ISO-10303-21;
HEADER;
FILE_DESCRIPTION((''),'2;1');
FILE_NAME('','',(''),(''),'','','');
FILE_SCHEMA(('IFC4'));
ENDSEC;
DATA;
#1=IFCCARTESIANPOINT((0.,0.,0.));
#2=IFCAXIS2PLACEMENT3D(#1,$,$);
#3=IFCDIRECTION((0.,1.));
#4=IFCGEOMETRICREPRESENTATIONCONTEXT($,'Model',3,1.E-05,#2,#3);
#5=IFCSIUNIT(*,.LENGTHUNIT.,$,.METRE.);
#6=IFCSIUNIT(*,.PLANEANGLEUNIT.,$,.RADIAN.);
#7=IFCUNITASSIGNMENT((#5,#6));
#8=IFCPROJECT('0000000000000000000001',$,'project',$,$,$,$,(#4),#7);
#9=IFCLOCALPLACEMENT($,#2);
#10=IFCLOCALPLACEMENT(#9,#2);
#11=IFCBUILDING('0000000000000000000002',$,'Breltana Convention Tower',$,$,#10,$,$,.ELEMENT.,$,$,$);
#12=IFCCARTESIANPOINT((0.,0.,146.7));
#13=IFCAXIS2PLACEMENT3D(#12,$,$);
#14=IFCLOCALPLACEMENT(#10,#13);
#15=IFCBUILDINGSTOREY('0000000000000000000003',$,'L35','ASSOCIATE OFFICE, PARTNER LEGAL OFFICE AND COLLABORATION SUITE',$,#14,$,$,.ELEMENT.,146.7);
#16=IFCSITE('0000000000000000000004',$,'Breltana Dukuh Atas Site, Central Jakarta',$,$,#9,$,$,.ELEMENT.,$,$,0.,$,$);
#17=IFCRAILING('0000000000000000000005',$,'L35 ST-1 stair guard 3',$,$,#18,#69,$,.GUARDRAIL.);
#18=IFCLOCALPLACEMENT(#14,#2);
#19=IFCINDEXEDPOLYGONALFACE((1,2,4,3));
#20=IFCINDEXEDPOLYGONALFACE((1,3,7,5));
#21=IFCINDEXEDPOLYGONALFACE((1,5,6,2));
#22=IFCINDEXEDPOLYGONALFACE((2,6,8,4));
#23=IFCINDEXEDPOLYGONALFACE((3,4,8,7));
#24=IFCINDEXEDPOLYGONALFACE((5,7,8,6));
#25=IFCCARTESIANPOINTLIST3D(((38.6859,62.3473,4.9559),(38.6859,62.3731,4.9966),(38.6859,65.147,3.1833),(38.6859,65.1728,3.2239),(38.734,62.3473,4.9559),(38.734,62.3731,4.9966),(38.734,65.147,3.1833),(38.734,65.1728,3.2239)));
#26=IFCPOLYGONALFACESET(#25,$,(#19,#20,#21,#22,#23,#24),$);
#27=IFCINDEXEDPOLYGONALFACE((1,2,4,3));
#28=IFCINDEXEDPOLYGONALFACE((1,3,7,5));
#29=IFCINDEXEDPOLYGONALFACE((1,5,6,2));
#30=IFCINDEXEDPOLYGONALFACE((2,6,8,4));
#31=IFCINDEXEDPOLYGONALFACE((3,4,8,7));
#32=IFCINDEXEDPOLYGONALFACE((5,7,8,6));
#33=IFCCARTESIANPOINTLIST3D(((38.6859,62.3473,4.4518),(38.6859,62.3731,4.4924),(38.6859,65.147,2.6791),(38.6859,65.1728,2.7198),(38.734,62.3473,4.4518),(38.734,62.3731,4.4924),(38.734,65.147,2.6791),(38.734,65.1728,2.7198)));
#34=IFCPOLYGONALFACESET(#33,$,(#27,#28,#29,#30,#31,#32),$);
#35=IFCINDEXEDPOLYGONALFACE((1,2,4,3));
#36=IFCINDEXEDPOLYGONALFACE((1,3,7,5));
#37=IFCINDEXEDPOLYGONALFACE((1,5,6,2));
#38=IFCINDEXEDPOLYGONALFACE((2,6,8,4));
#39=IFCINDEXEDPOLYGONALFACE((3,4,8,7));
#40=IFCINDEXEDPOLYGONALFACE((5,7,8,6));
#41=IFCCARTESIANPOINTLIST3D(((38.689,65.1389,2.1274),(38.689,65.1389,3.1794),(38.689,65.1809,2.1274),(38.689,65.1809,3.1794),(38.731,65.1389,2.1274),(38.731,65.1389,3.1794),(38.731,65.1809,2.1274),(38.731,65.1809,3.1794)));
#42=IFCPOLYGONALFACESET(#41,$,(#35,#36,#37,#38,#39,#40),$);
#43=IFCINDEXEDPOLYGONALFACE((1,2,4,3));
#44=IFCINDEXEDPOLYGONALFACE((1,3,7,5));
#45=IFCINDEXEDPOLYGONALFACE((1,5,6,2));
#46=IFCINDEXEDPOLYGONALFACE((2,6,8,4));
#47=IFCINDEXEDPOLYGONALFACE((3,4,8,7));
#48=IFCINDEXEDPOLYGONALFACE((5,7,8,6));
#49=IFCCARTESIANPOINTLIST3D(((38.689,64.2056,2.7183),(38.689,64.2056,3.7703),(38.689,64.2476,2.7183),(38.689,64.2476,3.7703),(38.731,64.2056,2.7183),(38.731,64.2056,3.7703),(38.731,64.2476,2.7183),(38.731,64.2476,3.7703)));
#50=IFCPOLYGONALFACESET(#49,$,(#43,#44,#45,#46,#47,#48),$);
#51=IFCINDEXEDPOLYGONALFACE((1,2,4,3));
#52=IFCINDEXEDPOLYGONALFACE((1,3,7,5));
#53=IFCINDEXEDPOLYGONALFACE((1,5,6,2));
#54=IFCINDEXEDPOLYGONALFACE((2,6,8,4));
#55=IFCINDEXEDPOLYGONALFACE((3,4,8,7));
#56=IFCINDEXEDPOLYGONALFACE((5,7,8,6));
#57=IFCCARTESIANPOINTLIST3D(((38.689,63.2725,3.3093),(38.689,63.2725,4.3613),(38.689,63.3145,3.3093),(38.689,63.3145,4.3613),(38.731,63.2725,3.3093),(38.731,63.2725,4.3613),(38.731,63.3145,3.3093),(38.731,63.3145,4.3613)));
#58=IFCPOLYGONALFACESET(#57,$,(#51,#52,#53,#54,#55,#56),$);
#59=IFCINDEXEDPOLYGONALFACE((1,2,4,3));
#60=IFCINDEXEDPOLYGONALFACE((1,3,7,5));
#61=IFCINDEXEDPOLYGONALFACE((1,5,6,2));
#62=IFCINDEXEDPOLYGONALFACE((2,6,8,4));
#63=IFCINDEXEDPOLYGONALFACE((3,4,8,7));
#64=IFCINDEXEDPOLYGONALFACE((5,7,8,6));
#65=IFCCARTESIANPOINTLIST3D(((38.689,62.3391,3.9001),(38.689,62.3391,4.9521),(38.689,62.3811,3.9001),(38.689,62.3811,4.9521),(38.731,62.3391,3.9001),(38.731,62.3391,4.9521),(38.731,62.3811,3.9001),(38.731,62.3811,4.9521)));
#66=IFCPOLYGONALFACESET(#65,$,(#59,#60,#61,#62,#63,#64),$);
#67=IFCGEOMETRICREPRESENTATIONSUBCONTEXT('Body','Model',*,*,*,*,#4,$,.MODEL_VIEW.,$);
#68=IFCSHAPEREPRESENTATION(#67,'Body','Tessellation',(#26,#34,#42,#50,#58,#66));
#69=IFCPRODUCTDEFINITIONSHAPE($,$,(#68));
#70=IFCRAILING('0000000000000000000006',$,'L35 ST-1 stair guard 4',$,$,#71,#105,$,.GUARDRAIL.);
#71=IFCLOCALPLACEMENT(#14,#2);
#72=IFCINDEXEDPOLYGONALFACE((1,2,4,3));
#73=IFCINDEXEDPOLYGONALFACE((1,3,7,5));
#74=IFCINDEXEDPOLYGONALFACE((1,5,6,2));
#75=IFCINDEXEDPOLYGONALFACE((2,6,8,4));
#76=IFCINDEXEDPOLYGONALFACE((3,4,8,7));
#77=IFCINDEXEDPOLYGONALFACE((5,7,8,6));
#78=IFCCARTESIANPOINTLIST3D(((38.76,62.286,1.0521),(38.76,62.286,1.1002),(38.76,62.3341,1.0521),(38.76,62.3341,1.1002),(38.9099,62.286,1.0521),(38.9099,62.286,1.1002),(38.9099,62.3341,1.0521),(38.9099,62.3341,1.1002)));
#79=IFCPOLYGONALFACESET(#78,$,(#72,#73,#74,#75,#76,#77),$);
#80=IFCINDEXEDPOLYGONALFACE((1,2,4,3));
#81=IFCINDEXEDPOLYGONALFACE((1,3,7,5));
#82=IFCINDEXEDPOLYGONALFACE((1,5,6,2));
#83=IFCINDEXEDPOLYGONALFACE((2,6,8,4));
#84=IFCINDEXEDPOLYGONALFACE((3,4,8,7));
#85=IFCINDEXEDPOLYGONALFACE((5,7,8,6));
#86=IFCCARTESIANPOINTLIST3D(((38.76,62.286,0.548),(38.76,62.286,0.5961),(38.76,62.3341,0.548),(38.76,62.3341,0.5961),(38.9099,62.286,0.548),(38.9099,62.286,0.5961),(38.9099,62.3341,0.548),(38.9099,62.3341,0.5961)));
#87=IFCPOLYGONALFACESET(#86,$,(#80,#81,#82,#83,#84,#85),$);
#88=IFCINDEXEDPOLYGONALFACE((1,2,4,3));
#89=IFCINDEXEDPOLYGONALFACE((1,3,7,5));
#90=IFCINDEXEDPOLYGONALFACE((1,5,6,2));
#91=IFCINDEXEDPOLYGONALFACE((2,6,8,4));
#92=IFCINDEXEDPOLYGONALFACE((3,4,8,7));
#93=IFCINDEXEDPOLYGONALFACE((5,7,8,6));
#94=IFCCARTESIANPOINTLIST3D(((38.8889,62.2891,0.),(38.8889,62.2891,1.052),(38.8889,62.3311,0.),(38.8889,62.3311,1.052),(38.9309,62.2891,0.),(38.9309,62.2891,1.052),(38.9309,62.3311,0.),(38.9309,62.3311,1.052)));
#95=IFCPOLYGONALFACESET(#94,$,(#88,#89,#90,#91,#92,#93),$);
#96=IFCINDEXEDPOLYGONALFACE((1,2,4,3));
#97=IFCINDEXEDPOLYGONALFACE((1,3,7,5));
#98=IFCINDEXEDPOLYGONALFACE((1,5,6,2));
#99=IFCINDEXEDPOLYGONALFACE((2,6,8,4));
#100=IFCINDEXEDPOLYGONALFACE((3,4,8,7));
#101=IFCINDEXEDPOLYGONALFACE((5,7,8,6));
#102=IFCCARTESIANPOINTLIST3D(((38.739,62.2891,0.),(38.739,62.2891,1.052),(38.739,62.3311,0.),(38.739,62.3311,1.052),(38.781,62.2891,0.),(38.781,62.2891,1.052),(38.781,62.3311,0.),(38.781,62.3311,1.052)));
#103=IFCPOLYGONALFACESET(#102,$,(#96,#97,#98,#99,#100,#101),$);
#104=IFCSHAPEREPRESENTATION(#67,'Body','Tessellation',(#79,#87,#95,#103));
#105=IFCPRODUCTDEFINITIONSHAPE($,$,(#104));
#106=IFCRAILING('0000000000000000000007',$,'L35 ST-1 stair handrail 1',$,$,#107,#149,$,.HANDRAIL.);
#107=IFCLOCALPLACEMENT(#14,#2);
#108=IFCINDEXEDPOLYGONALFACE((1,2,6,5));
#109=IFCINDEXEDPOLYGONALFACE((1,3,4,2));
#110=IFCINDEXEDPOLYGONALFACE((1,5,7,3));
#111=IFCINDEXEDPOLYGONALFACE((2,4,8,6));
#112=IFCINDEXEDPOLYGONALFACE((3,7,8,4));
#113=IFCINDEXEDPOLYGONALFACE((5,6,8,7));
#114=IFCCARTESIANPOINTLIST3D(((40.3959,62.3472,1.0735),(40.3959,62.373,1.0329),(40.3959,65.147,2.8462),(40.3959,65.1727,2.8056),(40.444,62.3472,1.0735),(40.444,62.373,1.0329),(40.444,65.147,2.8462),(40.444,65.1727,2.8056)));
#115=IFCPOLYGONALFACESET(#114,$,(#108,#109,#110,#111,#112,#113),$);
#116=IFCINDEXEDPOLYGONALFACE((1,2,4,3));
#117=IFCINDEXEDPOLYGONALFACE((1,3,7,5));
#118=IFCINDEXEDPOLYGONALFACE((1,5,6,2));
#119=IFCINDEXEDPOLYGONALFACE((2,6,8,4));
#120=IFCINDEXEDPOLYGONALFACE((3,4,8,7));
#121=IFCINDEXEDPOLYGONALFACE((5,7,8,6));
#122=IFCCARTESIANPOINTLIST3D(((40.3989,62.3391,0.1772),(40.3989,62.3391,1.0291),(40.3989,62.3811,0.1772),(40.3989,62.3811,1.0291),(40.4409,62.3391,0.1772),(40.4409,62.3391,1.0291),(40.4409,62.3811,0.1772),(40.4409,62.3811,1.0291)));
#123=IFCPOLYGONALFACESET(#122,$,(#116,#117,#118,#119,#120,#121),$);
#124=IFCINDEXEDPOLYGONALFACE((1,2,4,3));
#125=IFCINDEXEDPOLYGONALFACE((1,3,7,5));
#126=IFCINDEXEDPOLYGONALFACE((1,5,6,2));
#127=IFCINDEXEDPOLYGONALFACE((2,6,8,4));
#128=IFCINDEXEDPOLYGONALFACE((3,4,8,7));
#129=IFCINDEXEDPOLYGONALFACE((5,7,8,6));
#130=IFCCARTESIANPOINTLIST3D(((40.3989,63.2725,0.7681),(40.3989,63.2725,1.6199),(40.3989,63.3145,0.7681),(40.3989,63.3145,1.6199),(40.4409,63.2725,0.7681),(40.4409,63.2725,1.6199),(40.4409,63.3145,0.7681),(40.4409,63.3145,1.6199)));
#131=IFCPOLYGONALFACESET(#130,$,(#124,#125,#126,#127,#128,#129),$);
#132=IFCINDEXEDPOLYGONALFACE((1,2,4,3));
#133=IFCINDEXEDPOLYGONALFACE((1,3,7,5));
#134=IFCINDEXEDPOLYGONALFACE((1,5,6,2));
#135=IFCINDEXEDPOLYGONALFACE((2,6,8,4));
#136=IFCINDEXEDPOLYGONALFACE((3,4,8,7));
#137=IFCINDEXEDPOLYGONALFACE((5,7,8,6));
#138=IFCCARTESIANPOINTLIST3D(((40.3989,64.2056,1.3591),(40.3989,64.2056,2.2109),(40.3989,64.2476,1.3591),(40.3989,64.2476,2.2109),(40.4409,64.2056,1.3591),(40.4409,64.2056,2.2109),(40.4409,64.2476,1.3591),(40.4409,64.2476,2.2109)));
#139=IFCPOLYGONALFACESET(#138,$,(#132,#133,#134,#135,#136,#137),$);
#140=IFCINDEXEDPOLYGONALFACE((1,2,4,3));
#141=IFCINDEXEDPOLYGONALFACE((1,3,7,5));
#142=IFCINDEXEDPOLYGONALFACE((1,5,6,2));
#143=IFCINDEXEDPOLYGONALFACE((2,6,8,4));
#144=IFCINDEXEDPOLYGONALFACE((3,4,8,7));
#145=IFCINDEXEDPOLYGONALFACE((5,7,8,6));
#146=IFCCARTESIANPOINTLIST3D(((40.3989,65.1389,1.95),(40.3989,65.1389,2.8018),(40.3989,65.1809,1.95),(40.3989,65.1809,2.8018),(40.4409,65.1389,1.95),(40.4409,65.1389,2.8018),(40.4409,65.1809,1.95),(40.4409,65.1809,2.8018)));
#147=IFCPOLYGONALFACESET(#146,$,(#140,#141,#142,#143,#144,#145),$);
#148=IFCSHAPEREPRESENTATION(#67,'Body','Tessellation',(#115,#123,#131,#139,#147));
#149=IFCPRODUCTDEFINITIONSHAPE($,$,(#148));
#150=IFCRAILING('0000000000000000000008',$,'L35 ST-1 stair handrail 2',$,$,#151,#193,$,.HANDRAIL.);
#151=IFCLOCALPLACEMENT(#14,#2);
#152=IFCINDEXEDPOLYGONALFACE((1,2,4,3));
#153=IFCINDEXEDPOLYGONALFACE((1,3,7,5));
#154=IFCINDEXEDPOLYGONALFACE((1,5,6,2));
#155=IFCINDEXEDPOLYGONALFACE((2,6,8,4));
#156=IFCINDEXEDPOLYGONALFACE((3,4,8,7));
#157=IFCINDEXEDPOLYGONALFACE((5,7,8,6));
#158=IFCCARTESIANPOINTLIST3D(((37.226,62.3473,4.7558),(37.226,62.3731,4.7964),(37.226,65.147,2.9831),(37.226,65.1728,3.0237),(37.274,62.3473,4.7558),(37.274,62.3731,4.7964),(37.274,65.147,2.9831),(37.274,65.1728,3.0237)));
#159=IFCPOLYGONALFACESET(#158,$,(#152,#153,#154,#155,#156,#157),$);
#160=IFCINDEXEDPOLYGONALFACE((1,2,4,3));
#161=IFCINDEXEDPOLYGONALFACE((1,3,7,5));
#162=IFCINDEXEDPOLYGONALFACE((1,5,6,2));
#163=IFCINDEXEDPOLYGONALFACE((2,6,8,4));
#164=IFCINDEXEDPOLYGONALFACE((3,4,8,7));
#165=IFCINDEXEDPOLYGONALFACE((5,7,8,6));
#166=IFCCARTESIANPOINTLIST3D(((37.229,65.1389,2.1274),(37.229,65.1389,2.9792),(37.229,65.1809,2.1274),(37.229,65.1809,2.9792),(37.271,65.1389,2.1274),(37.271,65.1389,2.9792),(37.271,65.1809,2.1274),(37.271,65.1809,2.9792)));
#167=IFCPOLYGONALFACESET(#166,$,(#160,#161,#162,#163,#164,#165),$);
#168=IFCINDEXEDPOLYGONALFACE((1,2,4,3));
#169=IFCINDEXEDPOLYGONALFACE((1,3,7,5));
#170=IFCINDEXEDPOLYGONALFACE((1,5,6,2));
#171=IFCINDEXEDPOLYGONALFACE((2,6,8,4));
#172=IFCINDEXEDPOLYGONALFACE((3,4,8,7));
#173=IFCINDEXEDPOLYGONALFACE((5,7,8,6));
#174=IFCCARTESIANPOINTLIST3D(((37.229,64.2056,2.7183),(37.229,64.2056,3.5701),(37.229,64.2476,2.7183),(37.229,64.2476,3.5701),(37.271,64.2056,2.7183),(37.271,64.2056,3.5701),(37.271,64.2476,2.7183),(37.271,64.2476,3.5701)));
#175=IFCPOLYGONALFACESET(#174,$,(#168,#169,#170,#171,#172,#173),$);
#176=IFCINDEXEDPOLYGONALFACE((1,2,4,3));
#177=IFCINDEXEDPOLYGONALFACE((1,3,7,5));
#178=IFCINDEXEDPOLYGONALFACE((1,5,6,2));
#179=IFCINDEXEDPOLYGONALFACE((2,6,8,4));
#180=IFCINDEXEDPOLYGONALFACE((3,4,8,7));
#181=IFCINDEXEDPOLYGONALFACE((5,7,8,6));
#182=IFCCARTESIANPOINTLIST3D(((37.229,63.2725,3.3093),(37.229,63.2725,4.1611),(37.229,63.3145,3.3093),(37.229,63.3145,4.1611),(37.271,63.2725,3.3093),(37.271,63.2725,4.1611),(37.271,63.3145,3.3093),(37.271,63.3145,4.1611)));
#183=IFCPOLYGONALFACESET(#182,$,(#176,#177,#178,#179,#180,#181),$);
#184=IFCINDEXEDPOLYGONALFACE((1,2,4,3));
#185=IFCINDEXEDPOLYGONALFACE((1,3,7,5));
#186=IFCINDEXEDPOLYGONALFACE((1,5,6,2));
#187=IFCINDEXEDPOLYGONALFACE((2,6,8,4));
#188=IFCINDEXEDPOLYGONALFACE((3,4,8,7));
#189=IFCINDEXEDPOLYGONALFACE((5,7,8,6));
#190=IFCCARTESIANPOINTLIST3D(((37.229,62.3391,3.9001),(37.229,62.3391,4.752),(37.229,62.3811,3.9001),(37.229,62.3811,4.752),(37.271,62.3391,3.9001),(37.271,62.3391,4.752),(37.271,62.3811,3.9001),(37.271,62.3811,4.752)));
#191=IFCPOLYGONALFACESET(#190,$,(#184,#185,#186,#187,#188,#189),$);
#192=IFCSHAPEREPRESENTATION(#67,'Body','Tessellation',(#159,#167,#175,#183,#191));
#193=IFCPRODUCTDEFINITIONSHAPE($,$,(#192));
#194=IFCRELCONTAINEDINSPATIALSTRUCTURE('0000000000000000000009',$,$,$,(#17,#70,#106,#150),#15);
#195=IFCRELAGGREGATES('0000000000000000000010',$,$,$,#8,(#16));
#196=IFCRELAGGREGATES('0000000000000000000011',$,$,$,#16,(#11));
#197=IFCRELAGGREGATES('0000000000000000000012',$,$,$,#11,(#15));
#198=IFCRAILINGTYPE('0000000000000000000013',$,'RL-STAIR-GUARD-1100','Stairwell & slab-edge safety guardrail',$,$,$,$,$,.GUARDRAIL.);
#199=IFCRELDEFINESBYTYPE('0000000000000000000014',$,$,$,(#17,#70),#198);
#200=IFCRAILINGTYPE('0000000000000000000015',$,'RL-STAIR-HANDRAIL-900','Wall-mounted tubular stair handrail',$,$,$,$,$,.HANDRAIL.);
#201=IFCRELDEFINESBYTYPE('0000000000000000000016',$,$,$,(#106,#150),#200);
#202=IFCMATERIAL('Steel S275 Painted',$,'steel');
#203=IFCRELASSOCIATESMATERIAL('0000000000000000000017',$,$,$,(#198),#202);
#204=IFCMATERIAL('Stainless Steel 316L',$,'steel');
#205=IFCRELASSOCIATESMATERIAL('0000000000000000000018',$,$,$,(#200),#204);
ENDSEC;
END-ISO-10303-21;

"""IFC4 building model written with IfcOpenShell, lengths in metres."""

from ifc_helpers import new_model, si_unit, direction, frame, origin, origin_2d, place, context, subcontext, project, spatial, rectangle, extrude, material, type_object, element, save


model = new_model("IFC4")

# Units and contexts
model_context = context("Model", 3, precision=1e-05, world=origin(), true_north=direction((0.0, 1.0)))
body_context = subcontext(model_context, "Body", "Model", "MODEL_VIEW")
ifc_project = project(units=[si_unit("LENGTHUNIT", "METRE"), si_unit("PLANEANGLEUNIT", "RADIAN")], contexts=[model_context])

# Site, building, storey
site_placement = place(None, origin())
site = spatial("IfcSite", under=ifc_project, at=site_placement, Name="Breltana Dukuh Atas Site, Central Jakarta", CompositionType="ELEMENT", RefElevation=0.0)
building_placement = place(site_placement, origin())
building = spatial("IfcBuilding", under=site, at=building_placement, Name="Breltana Convention Tower", CompositionType="ELEMENT")
storey_placement = place(building_placement, frame((0.0, 0.0, 146.7)))
storey = spatial("IfcBuildingStorey", under=building, at=storey_placement, Name="L35", Description="ASSOCIATE OFFICE, PARTNER LEGAL OFFICE AND COLLABORATION SUITE", CompositionType="ELEMENT", Elevation=146.7)

# Railings
ifc_material_1 = material(Name="Steel S275 Painted", Category="steel")
railing_type_1 = type_object("IfcRailingType", Name="RL-STAIR-GUARD-1100", Description="Stairwell & slab-edge safety guardrail", PredefinedType="GUARDRAIL", material=ifc_material_1)
railing_1_placement = place(storey_placement, frame((38.71, 65.1599, 2.1274)))
element("IfcRailing", 1, at=railing_1_placement, inside=storey, type_object=railing_type_1, Name="L35 ST-1 stair guard 3", PredefinedType="GUARDRAIL", context=body_context, shape_type="SweptSolid", body=[
    extrude(rectangle(XDim=0.0481, YDim=0.0481, at=origin_2d()), frame((0.0, 0.0, 1.0762), z_axis=(0.0, -0.844888, 0.534943), x_axis=(1.0, 0.0, 0.0)), (0.0, 0.0, 1.0), 3.3137),
    extrude(rectangle(XDim=0.0481, YDim=0.0481, at=origin_2d()), frame((0.0, 0.0, 0.572), z_axis=(0.0, -0.844888, 0.534943), x_axis=(1.0, 0.0, 0.0)), (0.0, 0.0, 1.0), 3.3137),
    extrude(rectangle(XDim=0.042, YDim=0.042, at=origin_2d()), origin(), (0.0, 0.0, 1.0), 1.052),
    extrude(rectangle(XDim=0.042, YDim=0.042, at=origin_2d()), frame((0.0, -0.9333, 0.5908)), (0.0, 0.0, 1.0), 1.052),
    extrude(rectangle(XDim=0.042, YDim=0.042, at=origin_2d()), frame((0.0, -1.8665, 1.1819)), (0.0, 0.0, 1.0), 1.052),
    extrude(rectangle(XDim=0.042, YDim=0.042, at=origin_2d()), frame((0.0, -2.7998, 1.7727)), (0.0, 0.0, 1.0), 1.052),
])
railing_2_placement = place(storey_placement, frame((38.9099, 62.3101, 0.0)))
element("IfcRailing", 2, at=railing_2_placement, inside=storey, type_object=railing_type_1, Name="L35 ST-1 stair guard 4", PredefinedType="GUARDRAIL", context=body_context, shape_type="SweptSolid", body=[
    extrude(rectangle(XDim=0.0481, YDim=0.0481, at=origin_2d()), frame((0.0, 0.0, 1.0762), z_axis=(-1.0, 0.0, 0.0), x_axis=(0.0, -1.0, 0.0)), (0.0, 0.0, 1.0), 0.1499),
    extrude(rectangle(XDim=0.0481, YDim=0.0481, at=origin_2d()), frame((0.0, 0.0, 0.572), z_axis=(-1.0, 0.0, 0.0), x_axis=(0.0, -1.0, 0.0)), (0.0, 0.0, 1.0), 0.1499),
    extrude(rectangle(XDim=0.042, YDim=0.042, at=origin_2d()), origin(), (0.0, 0.0, 1.0), 1.052),
    extrude(rectangle(XDim=0.042, YDim=0.042, at=origin_2d()), frame((-0.1499, 0.0, 0.0)), (0.0, 0.0, 1.0), 1.052),
])
ifc_material_2 = material(Name="Stainless Steel 316L", Category="steel")
railing_type_2 = type_object("IfcRailingType", Name="RL-STAIR-HANDRAIL-900", Description="Wall-mounted tubular stair handrail", PredefinedType="HANDRAIL", material=ifc_material_2)
railing_3_placement = place(storey_placement, frame((40.4199, 62.3601, 0.1772)))
element("IfcRailing", 3, at=railing_3_placement, inside=storey, type_object=railing_type_2, Name="L35 ST-1 stair handrail 1", PredefinedType="HANDRAIL", context=body_context, shape_type="SweptSolid", body=[
    extrude(rectangle(XDim=0.0481, YDim=0.0481, at=origin_2d()), frame((0.0, 0.0, 0.876), z_axis=(0.0, 0.844888, 0.534943), x_axis=(-1.0, 0.0, 0.0)), (0.0, 0.0, 1.0), 3.3137),
    extrude(rectangle(XDim=0.042, YDim=0.042, at=origin_2d()), origin(), (0.0, 0.0, 1.0), 0.8518),
    extrude(rectangle(XDim=0.042, YDim=0.042, at=origin_2d()), frame((0.0, 0.9333, 0.5908)), (0.0, 0.0, 1.0), 0.8518),
    extrude(rectangle(XDim=0.042, YDim=0.042, at=origin_2d()), frame((0.0, 1.8665, 1.1819)), (0.0, 0.0, 1.0), 0.8518),
    extrude(rectangle(XDim=0.042, YDim=0.042, at=origin_2d()), frame((0.0, 2.7998, 1.7727)), (0.0, 0.0, 1.0), 0.8518),
])
railing_4_placement = place(storey_placement, frame((37.25, 65.1599, 2.1274)))
element("IfcRailing", 4, at=railing_4_placement, inside=storey, type_object=railing_type_2, Name="L35 ST-1 stair handrail 2", PredefinedType="HANDRAIL", context=body_context, shape_type="SweptSolid", body=[
    extrude(rectangle(XDim=0.0481, YDim=0.0481, at=origin_2d()), frame((0.0, 0.0, 0.876), z_axis=(0.0, -0.844888, 0.534943), x_axis=(1.0, 0.0, 0.0)), (0.0, 0.0, 1.0), 3.3137),
    extrude(rectangle(XDim=0.042, YDim=0.042, at=origin_2d()), origin(), (0.0, 0.0, 1.0), 0.8518),
    extrude(rectangle(XDim=0.042, YDim=0.042, at=origin_2d()), frame((0.0, -0.9333, 0.5908)), (0.0, 0.0, 1.0), 0.8518),
    extrude(rectangle(XDim=0.042, YDim=0.042, at=origin_2d()), frame((0.0, -1.8665, 1.1819)), (0.0, 0.0, 1.0), 0.8518),
    extrude(rectangle(XDim=0.042, YDim=0.042, at=origin_2d()), frame((0.0, -2.7998, 1.7727)), (0.0, 0.0, 1.0), 0.8518),
])

save(model, "model.ifc")
